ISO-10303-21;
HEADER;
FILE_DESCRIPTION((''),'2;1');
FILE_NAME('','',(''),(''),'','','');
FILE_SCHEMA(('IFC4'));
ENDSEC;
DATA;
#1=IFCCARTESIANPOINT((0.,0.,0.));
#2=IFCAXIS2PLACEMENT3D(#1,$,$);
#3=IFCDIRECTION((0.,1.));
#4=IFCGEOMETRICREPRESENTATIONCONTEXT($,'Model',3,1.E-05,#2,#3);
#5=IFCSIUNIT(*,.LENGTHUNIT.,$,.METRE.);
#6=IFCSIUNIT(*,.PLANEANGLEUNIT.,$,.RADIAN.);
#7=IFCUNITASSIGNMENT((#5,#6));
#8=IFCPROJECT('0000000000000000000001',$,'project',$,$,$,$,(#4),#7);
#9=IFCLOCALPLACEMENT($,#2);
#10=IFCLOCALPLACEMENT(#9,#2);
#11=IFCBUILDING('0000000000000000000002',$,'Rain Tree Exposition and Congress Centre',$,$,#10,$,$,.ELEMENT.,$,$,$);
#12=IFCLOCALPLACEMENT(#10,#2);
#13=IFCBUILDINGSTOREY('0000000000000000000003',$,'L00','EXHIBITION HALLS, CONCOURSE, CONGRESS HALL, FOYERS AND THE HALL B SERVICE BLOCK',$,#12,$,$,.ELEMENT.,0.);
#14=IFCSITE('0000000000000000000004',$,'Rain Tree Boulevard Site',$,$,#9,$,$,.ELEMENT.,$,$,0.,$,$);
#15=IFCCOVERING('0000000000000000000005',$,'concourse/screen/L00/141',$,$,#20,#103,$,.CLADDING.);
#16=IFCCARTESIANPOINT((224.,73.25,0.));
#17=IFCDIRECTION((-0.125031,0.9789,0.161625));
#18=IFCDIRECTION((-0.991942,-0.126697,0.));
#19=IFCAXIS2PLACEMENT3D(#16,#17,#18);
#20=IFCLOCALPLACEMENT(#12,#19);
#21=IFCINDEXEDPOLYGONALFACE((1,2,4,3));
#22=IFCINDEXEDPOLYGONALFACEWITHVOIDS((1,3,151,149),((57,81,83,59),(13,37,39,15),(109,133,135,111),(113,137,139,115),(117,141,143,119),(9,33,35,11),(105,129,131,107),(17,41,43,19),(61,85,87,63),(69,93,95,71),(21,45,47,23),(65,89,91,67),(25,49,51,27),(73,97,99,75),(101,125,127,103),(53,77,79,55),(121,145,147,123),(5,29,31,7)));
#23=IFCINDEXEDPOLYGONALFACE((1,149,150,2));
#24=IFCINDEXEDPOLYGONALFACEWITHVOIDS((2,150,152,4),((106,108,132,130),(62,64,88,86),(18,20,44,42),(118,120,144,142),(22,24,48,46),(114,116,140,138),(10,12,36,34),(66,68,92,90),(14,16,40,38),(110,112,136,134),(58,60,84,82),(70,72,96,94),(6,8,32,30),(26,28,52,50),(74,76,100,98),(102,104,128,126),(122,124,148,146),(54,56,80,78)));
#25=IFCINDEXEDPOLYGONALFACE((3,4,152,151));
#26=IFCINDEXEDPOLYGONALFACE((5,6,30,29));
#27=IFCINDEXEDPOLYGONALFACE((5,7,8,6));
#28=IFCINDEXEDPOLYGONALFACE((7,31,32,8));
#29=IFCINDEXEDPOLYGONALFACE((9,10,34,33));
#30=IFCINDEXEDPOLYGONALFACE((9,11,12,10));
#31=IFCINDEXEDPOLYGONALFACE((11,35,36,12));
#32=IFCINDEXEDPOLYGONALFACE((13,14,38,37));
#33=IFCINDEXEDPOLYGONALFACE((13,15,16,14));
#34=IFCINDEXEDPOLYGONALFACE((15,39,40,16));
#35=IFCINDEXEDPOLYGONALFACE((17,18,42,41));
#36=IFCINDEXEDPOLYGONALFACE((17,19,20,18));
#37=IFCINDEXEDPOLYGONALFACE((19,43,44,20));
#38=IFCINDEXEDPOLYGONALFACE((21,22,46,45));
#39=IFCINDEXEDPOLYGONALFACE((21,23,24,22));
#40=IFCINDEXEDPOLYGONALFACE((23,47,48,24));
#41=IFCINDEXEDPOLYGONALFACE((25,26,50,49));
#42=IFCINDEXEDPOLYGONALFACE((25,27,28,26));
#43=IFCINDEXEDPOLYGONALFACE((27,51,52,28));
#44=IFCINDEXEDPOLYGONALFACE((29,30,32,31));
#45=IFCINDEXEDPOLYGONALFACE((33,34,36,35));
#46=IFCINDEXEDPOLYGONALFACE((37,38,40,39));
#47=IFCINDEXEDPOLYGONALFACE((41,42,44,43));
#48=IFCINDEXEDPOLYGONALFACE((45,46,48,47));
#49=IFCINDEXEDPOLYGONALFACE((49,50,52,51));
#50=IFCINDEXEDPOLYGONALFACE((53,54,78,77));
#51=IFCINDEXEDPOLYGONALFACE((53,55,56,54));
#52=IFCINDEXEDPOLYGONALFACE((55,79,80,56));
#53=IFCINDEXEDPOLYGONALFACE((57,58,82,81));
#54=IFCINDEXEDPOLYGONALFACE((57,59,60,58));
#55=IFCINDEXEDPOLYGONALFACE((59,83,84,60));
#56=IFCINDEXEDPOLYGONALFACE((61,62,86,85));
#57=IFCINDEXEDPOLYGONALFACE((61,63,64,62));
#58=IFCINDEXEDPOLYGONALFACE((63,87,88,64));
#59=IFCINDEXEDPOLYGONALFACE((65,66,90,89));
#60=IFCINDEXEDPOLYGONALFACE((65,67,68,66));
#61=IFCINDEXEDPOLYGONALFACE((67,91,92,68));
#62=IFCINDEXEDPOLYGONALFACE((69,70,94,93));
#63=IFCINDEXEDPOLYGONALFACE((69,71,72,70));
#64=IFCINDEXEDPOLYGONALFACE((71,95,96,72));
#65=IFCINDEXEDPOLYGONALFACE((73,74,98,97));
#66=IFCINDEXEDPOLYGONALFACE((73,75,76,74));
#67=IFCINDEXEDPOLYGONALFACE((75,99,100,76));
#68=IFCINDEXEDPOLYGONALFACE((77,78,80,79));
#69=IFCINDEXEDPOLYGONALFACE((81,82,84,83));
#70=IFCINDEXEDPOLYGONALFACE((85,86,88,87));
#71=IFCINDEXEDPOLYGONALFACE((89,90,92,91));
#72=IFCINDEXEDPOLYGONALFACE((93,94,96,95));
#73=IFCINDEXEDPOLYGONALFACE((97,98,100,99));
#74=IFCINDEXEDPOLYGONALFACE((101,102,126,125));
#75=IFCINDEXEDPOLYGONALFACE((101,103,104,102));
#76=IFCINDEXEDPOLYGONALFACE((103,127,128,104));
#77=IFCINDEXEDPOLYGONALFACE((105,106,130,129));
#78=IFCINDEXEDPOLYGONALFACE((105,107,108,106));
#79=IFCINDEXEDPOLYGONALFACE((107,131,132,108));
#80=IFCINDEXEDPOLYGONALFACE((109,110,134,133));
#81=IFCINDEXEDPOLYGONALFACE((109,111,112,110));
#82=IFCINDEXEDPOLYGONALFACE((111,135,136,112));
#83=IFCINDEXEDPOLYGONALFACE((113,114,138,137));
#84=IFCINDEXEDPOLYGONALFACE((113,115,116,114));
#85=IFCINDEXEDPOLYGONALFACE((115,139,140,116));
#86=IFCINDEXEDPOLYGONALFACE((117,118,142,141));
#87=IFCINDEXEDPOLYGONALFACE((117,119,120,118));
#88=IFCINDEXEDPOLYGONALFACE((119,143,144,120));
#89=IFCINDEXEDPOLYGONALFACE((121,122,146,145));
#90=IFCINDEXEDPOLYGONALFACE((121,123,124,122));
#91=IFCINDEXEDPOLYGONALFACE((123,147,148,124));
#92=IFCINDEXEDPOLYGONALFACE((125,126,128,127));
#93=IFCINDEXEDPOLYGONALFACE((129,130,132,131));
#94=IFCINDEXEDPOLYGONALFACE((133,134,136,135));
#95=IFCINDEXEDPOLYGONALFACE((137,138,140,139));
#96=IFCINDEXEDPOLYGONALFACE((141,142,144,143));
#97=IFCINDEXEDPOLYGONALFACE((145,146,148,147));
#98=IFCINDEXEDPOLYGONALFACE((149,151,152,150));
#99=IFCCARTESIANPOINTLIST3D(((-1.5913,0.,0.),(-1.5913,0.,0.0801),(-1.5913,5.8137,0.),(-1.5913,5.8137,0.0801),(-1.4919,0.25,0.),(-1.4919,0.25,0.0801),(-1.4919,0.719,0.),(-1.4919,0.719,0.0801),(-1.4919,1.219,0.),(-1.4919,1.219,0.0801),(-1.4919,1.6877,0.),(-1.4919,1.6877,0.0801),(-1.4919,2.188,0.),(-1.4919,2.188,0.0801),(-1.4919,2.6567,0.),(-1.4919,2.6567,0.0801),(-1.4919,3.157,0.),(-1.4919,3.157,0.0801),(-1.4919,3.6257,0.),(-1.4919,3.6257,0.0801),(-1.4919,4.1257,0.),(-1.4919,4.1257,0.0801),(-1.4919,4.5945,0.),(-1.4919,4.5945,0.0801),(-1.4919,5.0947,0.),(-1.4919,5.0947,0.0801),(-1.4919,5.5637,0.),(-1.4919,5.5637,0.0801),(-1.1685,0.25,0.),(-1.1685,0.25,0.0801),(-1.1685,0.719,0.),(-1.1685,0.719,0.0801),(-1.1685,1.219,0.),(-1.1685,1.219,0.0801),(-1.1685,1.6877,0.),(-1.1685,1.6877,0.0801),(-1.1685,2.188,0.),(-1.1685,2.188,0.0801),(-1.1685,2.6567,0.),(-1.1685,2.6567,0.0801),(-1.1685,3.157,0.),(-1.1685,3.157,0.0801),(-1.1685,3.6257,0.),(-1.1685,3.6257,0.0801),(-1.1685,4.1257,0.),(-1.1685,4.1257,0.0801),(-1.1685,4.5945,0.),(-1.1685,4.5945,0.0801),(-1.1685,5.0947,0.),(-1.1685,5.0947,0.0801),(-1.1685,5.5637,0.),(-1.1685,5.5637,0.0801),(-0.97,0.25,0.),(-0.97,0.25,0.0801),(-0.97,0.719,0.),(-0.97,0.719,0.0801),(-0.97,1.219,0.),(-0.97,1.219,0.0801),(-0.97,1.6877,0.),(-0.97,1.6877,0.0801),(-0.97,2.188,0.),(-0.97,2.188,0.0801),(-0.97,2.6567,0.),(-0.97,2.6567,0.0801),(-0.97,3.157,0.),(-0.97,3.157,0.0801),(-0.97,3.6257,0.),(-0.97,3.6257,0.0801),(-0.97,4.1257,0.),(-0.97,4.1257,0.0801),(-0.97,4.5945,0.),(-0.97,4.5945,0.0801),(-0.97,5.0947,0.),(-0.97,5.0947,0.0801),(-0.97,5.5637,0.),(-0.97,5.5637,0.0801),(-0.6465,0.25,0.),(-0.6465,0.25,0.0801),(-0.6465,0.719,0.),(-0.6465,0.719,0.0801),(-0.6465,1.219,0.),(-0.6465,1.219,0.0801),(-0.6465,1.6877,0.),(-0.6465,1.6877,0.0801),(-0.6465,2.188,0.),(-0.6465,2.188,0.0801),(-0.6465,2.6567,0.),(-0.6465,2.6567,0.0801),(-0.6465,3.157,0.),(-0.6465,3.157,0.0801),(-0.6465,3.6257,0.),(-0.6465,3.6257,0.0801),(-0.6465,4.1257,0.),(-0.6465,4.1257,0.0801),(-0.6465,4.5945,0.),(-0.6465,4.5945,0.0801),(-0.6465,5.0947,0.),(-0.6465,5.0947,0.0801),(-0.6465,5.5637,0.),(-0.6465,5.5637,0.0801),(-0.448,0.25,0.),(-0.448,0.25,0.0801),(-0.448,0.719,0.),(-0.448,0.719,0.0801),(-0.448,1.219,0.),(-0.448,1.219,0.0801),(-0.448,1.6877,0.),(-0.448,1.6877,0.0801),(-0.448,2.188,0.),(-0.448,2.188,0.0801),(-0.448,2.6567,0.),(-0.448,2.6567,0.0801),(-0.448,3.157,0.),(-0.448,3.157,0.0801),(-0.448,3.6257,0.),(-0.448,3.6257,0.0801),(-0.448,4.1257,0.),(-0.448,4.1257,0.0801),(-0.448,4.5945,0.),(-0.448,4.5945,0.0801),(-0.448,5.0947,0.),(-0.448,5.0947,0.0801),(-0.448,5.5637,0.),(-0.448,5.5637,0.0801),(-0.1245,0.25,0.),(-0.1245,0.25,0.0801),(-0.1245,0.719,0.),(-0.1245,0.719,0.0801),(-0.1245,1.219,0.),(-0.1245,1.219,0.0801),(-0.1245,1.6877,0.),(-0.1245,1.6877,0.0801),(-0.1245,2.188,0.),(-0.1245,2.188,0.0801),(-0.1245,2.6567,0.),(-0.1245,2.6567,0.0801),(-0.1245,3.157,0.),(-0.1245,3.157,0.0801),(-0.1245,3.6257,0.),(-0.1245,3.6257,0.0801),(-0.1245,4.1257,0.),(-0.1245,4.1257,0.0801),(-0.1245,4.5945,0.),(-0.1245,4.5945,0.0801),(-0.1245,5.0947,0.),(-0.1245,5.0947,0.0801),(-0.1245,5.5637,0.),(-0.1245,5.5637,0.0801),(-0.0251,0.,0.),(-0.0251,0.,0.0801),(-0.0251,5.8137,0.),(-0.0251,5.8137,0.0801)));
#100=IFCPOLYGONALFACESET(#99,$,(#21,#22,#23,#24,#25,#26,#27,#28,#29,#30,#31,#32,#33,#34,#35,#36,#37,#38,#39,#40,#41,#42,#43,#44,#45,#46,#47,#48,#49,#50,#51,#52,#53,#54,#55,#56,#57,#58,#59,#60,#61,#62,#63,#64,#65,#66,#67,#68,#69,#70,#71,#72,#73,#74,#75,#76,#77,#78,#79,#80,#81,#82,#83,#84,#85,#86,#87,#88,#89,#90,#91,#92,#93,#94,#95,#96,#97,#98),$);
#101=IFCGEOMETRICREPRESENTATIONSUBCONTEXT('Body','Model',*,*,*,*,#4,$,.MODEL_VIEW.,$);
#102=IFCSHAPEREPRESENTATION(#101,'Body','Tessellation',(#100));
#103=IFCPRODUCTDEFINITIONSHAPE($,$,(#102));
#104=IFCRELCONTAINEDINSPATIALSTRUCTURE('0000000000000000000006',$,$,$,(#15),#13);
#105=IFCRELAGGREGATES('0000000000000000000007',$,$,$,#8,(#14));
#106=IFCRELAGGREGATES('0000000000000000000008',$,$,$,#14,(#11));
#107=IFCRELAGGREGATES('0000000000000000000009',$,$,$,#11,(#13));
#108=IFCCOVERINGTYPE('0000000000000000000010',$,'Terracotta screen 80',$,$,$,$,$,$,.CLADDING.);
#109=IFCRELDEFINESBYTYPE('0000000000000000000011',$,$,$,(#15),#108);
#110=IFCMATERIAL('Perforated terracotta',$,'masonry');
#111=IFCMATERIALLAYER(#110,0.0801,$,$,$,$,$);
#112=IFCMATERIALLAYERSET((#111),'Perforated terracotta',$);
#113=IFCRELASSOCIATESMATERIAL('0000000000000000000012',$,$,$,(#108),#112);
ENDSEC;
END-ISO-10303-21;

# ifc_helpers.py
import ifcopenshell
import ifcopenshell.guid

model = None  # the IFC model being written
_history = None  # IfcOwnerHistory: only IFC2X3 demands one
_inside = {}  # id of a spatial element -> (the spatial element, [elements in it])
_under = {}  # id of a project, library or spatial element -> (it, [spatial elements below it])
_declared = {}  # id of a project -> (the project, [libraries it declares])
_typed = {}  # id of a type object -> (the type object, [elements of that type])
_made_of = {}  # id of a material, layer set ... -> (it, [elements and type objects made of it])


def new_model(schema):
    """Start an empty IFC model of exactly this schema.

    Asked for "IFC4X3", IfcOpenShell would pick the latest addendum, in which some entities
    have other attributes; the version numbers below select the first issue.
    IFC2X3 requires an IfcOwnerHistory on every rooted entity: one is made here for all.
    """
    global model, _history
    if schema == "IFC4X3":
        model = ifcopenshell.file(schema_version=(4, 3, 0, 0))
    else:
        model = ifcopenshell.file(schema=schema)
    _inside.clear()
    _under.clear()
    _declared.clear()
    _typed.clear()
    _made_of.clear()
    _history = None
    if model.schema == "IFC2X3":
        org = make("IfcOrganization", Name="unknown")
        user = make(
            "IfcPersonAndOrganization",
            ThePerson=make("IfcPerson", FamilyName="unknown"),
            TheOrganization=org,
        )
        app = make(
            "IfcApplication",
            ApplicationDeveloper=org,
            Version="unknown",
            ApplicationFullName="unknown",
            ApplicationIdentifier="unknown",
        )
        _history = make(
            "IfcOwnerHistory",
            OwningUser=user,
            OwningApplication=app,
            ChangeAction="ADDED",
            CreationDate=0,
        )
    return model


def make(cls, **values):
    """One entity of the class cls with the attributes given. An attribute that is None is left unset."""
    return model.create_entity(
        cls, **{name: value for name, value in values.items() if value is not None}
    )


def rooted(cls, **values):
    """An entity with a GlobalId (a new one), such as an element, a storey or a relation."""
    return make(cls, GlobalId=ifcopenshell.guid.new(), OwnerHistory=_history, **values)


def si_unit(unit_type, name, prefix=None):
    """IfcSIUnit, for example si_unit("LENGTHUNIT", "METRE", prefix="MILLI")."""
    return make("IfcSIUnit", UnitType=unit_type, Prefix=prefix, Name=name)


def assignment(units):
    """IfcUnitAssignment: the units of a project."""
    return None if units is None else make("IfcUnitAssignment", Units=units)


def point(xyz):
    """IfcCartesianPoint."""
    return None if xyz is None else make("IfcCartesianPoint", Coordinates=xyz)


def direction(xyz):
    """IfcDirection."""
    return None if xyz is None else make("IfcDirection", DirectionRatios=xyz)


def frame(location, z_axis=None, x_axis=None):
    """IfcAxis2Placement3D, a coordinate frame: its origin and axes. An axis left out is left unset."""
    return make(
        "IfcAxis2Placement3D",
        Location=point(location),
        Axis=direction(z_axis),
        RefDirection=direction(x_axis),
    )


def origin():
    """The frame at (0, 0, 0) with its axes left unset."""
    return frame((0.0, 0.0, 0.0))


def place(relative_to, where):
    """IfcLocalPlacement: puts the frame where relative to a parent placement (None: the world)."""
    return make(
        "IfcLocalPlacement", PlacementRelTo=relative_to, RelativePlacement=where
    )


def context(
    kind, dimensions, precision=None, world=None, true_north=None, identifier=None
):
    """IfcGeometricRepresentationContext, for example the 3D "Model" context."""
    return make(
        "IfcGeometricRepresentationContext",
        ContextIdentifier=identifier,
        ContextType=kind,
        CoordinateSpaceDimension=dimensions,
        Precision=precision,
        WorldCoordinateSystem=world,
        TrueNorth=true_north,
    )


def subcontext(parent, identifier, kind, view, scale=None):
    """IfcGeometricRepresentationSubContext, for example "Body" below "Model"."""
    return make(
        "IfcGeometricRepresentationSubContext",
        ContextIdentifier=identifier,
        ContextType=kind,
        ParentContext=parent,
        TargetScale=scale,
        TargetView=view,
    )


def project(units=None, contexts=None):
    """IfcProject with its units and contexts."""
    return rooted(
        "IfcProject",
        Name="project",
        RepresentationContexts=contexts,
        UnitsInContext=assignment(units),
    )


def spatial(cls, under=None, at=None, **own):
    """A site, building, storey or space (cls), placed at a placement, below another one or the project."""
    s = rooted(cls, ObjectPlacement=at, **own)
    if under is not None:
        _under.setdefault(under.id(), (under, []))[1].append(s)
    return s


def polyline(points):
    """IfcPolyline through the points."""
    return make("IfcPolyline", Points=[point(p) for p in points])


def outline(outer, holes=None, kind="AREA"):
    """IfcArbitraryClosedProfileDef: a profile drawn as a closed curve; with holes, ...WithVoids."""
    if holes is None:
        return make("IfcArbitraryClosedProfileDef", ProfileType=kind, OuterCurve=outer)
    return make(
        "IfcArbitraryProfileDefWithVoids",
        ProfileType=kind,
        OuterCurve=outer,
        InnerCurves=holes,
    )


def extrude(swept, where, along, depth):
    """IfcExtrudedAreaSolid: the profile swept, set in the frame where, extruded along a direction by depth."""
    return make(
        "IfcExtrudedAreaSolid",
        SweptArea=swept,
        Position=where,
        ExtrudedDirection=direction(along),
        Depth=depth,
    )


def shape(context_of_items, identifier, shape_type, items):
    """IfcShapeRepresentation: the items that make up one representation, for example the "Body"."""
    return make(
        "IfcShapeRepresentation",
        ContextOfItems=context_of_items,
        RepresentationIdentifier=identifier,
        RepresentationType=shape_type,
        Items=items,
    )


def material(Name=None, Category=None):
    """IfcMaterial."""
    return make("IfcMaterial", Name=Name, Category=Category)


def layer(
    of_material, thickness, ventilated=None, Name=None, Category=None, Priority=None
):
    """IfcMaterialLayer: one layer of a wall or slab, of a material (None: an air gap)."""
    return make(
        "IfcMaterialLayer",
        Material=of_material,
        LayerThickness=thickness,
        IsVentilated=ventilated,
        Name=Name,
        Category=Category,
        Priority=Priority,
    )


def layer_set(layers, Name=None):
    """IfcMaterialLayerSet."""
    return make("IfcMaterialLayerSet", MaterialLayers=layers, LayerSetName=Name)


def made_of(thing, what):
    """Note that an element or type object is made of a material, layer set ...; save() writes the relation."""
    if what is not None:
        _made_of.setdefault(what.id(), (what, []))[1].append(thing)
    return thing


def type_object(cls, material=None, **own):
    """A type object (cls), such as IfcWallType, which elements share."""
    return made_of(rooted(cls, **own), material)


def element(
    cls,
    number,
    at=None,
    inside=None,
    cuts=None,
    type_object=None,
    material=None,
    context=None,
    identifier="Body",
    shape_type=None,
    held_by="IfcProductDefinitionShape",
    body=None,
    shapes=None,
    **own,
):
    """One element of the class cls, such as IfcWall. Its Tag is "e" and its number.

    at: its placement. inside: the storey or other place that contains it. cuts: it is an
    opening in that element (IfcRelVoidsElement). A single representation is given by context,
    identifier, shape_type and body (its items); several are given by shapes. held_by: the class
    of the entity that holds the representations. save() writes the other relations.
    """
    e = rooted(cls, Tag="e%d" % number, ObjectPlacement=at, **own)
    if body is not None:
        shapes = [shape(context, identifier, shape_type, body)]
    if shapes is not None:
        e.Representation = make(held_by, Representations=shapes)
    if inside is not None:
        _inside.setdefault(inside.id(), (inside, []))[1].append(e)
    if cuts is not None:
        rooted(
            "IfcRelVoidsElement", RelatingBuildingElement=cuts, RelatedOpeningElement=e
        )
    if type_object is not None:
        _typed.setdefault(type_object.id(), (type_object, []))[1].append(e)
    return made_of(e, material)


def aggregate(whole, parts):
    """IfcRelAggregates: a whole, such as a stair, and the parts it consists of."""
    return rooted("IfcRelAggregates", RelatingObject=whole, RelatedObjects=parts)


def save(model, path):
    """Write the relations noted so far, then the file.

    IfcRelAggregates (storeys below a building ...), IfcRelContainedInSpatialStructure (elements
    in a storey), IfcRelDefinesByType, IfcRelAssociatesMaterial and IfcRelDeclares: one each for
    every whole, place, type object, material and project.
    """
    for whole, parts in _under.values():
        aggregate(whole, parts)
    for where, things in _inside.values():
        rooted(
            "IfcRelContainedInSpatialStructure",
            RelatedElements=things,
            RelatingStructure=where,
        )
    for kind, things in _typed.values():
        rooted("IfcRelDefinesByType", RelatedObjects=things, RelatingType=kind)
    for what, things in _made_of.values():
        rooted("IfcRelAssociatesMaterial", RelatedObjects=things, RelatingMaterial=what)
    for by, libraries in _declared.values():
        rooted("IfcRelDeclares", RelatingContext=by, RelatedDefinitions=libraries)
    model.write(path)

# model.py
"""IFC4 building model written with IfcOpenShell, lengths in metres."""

from ifc_helpers import new_model, si_unit, direction, frame, origin, place, context, subcontext, project, spatial, polyline, outline, extrude, material, layer, layer_set, type_object, element, save


model = new_model("IFC4")

# Units and contexts
model_context = context("Model", 3, precision=1e-05, world=origin(), true_north=direction((0.0, 1.0)))
body_context = subcontext(model_context, "Body", "Model", "MODEL_VIEW")
ifc_project = project(units=[si_unit("LENGTHUNIT", "METRE"), si_unit("PLANEANGLEUNIT", "RADIAN")], contexts=[model_context])

# Site, building, storey
site_placement = place(None, origin())
site = spatial("IfcSite", under=ifc_project, at=site_placement, Name="Rain Tree Boulevard Site", CompositionType="ELEMENT", RefElevation=0.0)
building_placement = place(site_placement, origin())
building = spatial("IfcBuilding", under=site, at=building_placement, Name="Rain Tree Exposition and Congress Centre", CompositionType="ELEMENT")
storey_placement = place(building_placement, origin())
storey = spatial("IfcBuildingStorey", under=building, at=storey_placement, Name="L00", Description="EXHIBITION HALLS, CONCOURSE, CONGRESS HALL, FOYERS AND THE HALL B SERVICE BLOCK", CompositionType="ELEMENT", Elevation=0.0)

# Covering
ifc_material_1 = material(Name="Perforated terracotta", Category="masonry")
ifc_layer_1 = layer(ifc_material_1, 0.0801)
ifc_layer_set_1 = layer_set([ifc_layer_1], Name="Perforated terracotta")
covering_type = type_object("IfcCoveringType", Name="Terracotta screen 80", PredefinedType="CLADDING", material=ifc_layer_set_1)
covering_1_placement = place(storey_placement, frame((224.0, 73.25, 0.0), z_axis=(-0.125031, 0.9789, 0.161625), x_axis=(-0.991942, -0.126697, 0.0)))
element("IfcCovering", 1, at=covering_1_placement, inside=storey, type_object=covering_type, Name="concourse/screen/L00/141", PredefinedType="CLADDING", context=body_context, shape_type="SweptSolid", body=[
    extrude(outline(polyline([(-0.0251, 0.0), (-1.5913, 0.0), (-1.5913, 5.8137), (-0.0251, 5.8137), (-0.0251, 0.0)]), holes=[polyline([(-0.1245, 0.25), (-0.1245, 0.719), (-0.448, 0.719), (-0.448, 0.25), (-0.1245, 0.25)]), polyline([(-0.1245, 1.219), (-0.1245, 1.6877), (-0.448, 1.6877), (-0.448, 1.219), (-0.1245, 1.219)]), polyline([(-0.1245, 2.188), (-0.1245, 2.6567), (-0.448, 2.6567), (-0.448, 2.188), (-0.1245, 2.188)]), polyline([(-0.1245, 3.157), (-0.1245, 3.6257), (-0.448, 3.6257), (-0.448, 3.157), (-0.1245, 3.157)]), polyline([(-0.1245, 4.1257), (-0.1245, 4.5945), (-0.448, 4.5945), (-0.448, 4.1257), (-0.1245, 4.1257)]), polyline([(-0.1245, 5.0947), (-0.1245, 5.5637), (-0.448, 5.5637), (-0.448, 5.0947), (-0.1245, 5.0947)]), polyline([(-0.6465, 0.25), (-0.6465, 0.719), (-0.97, 0.719), (-0.97, 0.25), (-0.6465, 0.25)]), polyline([(-0.6465, 1.219), (-0.6465, 1.6877), (-0.97, 1.6877), (-0.97, 1.219), (-0.6465, 1.219)]), polyline([(-0.6465, 2.188), (-0.6465, 2.6567), (-0.97, 2.6567), (-0.97, 2.188), (-0.6465, 2.188)]), polyline([(-0.6465, 3.157), (-0.6465, 3.6257), (-0.97, 3.6257), (-0.97, 3.157), (-0.6465, 3.157)]), polyline([(-0.6465, 4.1257), (-0.6465, 4.5945), (-0.97, 4.5945), (-0.97, 4.1257), (-0.6465, 4.1257)]), polyline([(-0.6465, 5.0947), (-0.6465, 5.5637), (-0.97, 5.5637), (-0.97, 5.0947), (-0.6465, 5.0947)]), polyline([(-1.1685, 0.25), (-1.1685, 0.719), (-1.4919, 0.719), (-1.4919, 0.25), (-1.1685, 0.25)]), polyline([(-1.1685, 1.219), (-1.1685, 1.6877), (-1.4919, 1.6877), (-1.4919, 1.219), (-1.1685, 1.219)]), polyline([(-1.1685, 2.188), (-1.1685, 2.6567), (-1.4919, 2.6567), (-1.4919, 2.188), (-1.1685, 2.188)]), polyline([(-1.1685, 3.157), (-1.1685, 3.6257), (-1.4919, 3.6257), (-1.4919, 3.157), (-1.1685, 3.157)]), polyline([(-1.1685, 4.1257), (-1.1685, 4.5945), (-1.4919, 4.5945), (-1.4919, 4.1257), (-1.1685, 4.1257)]), polyline([(-1.1685, 5.0947), (-1.1685, 5.5637), (-1.4919, 5.5637), (-1.4919, 5.0947), (-1.1685, 5.0947)])]), origin(), (0.0, 0.0, 1.0), 0.0801),
])

save(model, "model.ifc")
